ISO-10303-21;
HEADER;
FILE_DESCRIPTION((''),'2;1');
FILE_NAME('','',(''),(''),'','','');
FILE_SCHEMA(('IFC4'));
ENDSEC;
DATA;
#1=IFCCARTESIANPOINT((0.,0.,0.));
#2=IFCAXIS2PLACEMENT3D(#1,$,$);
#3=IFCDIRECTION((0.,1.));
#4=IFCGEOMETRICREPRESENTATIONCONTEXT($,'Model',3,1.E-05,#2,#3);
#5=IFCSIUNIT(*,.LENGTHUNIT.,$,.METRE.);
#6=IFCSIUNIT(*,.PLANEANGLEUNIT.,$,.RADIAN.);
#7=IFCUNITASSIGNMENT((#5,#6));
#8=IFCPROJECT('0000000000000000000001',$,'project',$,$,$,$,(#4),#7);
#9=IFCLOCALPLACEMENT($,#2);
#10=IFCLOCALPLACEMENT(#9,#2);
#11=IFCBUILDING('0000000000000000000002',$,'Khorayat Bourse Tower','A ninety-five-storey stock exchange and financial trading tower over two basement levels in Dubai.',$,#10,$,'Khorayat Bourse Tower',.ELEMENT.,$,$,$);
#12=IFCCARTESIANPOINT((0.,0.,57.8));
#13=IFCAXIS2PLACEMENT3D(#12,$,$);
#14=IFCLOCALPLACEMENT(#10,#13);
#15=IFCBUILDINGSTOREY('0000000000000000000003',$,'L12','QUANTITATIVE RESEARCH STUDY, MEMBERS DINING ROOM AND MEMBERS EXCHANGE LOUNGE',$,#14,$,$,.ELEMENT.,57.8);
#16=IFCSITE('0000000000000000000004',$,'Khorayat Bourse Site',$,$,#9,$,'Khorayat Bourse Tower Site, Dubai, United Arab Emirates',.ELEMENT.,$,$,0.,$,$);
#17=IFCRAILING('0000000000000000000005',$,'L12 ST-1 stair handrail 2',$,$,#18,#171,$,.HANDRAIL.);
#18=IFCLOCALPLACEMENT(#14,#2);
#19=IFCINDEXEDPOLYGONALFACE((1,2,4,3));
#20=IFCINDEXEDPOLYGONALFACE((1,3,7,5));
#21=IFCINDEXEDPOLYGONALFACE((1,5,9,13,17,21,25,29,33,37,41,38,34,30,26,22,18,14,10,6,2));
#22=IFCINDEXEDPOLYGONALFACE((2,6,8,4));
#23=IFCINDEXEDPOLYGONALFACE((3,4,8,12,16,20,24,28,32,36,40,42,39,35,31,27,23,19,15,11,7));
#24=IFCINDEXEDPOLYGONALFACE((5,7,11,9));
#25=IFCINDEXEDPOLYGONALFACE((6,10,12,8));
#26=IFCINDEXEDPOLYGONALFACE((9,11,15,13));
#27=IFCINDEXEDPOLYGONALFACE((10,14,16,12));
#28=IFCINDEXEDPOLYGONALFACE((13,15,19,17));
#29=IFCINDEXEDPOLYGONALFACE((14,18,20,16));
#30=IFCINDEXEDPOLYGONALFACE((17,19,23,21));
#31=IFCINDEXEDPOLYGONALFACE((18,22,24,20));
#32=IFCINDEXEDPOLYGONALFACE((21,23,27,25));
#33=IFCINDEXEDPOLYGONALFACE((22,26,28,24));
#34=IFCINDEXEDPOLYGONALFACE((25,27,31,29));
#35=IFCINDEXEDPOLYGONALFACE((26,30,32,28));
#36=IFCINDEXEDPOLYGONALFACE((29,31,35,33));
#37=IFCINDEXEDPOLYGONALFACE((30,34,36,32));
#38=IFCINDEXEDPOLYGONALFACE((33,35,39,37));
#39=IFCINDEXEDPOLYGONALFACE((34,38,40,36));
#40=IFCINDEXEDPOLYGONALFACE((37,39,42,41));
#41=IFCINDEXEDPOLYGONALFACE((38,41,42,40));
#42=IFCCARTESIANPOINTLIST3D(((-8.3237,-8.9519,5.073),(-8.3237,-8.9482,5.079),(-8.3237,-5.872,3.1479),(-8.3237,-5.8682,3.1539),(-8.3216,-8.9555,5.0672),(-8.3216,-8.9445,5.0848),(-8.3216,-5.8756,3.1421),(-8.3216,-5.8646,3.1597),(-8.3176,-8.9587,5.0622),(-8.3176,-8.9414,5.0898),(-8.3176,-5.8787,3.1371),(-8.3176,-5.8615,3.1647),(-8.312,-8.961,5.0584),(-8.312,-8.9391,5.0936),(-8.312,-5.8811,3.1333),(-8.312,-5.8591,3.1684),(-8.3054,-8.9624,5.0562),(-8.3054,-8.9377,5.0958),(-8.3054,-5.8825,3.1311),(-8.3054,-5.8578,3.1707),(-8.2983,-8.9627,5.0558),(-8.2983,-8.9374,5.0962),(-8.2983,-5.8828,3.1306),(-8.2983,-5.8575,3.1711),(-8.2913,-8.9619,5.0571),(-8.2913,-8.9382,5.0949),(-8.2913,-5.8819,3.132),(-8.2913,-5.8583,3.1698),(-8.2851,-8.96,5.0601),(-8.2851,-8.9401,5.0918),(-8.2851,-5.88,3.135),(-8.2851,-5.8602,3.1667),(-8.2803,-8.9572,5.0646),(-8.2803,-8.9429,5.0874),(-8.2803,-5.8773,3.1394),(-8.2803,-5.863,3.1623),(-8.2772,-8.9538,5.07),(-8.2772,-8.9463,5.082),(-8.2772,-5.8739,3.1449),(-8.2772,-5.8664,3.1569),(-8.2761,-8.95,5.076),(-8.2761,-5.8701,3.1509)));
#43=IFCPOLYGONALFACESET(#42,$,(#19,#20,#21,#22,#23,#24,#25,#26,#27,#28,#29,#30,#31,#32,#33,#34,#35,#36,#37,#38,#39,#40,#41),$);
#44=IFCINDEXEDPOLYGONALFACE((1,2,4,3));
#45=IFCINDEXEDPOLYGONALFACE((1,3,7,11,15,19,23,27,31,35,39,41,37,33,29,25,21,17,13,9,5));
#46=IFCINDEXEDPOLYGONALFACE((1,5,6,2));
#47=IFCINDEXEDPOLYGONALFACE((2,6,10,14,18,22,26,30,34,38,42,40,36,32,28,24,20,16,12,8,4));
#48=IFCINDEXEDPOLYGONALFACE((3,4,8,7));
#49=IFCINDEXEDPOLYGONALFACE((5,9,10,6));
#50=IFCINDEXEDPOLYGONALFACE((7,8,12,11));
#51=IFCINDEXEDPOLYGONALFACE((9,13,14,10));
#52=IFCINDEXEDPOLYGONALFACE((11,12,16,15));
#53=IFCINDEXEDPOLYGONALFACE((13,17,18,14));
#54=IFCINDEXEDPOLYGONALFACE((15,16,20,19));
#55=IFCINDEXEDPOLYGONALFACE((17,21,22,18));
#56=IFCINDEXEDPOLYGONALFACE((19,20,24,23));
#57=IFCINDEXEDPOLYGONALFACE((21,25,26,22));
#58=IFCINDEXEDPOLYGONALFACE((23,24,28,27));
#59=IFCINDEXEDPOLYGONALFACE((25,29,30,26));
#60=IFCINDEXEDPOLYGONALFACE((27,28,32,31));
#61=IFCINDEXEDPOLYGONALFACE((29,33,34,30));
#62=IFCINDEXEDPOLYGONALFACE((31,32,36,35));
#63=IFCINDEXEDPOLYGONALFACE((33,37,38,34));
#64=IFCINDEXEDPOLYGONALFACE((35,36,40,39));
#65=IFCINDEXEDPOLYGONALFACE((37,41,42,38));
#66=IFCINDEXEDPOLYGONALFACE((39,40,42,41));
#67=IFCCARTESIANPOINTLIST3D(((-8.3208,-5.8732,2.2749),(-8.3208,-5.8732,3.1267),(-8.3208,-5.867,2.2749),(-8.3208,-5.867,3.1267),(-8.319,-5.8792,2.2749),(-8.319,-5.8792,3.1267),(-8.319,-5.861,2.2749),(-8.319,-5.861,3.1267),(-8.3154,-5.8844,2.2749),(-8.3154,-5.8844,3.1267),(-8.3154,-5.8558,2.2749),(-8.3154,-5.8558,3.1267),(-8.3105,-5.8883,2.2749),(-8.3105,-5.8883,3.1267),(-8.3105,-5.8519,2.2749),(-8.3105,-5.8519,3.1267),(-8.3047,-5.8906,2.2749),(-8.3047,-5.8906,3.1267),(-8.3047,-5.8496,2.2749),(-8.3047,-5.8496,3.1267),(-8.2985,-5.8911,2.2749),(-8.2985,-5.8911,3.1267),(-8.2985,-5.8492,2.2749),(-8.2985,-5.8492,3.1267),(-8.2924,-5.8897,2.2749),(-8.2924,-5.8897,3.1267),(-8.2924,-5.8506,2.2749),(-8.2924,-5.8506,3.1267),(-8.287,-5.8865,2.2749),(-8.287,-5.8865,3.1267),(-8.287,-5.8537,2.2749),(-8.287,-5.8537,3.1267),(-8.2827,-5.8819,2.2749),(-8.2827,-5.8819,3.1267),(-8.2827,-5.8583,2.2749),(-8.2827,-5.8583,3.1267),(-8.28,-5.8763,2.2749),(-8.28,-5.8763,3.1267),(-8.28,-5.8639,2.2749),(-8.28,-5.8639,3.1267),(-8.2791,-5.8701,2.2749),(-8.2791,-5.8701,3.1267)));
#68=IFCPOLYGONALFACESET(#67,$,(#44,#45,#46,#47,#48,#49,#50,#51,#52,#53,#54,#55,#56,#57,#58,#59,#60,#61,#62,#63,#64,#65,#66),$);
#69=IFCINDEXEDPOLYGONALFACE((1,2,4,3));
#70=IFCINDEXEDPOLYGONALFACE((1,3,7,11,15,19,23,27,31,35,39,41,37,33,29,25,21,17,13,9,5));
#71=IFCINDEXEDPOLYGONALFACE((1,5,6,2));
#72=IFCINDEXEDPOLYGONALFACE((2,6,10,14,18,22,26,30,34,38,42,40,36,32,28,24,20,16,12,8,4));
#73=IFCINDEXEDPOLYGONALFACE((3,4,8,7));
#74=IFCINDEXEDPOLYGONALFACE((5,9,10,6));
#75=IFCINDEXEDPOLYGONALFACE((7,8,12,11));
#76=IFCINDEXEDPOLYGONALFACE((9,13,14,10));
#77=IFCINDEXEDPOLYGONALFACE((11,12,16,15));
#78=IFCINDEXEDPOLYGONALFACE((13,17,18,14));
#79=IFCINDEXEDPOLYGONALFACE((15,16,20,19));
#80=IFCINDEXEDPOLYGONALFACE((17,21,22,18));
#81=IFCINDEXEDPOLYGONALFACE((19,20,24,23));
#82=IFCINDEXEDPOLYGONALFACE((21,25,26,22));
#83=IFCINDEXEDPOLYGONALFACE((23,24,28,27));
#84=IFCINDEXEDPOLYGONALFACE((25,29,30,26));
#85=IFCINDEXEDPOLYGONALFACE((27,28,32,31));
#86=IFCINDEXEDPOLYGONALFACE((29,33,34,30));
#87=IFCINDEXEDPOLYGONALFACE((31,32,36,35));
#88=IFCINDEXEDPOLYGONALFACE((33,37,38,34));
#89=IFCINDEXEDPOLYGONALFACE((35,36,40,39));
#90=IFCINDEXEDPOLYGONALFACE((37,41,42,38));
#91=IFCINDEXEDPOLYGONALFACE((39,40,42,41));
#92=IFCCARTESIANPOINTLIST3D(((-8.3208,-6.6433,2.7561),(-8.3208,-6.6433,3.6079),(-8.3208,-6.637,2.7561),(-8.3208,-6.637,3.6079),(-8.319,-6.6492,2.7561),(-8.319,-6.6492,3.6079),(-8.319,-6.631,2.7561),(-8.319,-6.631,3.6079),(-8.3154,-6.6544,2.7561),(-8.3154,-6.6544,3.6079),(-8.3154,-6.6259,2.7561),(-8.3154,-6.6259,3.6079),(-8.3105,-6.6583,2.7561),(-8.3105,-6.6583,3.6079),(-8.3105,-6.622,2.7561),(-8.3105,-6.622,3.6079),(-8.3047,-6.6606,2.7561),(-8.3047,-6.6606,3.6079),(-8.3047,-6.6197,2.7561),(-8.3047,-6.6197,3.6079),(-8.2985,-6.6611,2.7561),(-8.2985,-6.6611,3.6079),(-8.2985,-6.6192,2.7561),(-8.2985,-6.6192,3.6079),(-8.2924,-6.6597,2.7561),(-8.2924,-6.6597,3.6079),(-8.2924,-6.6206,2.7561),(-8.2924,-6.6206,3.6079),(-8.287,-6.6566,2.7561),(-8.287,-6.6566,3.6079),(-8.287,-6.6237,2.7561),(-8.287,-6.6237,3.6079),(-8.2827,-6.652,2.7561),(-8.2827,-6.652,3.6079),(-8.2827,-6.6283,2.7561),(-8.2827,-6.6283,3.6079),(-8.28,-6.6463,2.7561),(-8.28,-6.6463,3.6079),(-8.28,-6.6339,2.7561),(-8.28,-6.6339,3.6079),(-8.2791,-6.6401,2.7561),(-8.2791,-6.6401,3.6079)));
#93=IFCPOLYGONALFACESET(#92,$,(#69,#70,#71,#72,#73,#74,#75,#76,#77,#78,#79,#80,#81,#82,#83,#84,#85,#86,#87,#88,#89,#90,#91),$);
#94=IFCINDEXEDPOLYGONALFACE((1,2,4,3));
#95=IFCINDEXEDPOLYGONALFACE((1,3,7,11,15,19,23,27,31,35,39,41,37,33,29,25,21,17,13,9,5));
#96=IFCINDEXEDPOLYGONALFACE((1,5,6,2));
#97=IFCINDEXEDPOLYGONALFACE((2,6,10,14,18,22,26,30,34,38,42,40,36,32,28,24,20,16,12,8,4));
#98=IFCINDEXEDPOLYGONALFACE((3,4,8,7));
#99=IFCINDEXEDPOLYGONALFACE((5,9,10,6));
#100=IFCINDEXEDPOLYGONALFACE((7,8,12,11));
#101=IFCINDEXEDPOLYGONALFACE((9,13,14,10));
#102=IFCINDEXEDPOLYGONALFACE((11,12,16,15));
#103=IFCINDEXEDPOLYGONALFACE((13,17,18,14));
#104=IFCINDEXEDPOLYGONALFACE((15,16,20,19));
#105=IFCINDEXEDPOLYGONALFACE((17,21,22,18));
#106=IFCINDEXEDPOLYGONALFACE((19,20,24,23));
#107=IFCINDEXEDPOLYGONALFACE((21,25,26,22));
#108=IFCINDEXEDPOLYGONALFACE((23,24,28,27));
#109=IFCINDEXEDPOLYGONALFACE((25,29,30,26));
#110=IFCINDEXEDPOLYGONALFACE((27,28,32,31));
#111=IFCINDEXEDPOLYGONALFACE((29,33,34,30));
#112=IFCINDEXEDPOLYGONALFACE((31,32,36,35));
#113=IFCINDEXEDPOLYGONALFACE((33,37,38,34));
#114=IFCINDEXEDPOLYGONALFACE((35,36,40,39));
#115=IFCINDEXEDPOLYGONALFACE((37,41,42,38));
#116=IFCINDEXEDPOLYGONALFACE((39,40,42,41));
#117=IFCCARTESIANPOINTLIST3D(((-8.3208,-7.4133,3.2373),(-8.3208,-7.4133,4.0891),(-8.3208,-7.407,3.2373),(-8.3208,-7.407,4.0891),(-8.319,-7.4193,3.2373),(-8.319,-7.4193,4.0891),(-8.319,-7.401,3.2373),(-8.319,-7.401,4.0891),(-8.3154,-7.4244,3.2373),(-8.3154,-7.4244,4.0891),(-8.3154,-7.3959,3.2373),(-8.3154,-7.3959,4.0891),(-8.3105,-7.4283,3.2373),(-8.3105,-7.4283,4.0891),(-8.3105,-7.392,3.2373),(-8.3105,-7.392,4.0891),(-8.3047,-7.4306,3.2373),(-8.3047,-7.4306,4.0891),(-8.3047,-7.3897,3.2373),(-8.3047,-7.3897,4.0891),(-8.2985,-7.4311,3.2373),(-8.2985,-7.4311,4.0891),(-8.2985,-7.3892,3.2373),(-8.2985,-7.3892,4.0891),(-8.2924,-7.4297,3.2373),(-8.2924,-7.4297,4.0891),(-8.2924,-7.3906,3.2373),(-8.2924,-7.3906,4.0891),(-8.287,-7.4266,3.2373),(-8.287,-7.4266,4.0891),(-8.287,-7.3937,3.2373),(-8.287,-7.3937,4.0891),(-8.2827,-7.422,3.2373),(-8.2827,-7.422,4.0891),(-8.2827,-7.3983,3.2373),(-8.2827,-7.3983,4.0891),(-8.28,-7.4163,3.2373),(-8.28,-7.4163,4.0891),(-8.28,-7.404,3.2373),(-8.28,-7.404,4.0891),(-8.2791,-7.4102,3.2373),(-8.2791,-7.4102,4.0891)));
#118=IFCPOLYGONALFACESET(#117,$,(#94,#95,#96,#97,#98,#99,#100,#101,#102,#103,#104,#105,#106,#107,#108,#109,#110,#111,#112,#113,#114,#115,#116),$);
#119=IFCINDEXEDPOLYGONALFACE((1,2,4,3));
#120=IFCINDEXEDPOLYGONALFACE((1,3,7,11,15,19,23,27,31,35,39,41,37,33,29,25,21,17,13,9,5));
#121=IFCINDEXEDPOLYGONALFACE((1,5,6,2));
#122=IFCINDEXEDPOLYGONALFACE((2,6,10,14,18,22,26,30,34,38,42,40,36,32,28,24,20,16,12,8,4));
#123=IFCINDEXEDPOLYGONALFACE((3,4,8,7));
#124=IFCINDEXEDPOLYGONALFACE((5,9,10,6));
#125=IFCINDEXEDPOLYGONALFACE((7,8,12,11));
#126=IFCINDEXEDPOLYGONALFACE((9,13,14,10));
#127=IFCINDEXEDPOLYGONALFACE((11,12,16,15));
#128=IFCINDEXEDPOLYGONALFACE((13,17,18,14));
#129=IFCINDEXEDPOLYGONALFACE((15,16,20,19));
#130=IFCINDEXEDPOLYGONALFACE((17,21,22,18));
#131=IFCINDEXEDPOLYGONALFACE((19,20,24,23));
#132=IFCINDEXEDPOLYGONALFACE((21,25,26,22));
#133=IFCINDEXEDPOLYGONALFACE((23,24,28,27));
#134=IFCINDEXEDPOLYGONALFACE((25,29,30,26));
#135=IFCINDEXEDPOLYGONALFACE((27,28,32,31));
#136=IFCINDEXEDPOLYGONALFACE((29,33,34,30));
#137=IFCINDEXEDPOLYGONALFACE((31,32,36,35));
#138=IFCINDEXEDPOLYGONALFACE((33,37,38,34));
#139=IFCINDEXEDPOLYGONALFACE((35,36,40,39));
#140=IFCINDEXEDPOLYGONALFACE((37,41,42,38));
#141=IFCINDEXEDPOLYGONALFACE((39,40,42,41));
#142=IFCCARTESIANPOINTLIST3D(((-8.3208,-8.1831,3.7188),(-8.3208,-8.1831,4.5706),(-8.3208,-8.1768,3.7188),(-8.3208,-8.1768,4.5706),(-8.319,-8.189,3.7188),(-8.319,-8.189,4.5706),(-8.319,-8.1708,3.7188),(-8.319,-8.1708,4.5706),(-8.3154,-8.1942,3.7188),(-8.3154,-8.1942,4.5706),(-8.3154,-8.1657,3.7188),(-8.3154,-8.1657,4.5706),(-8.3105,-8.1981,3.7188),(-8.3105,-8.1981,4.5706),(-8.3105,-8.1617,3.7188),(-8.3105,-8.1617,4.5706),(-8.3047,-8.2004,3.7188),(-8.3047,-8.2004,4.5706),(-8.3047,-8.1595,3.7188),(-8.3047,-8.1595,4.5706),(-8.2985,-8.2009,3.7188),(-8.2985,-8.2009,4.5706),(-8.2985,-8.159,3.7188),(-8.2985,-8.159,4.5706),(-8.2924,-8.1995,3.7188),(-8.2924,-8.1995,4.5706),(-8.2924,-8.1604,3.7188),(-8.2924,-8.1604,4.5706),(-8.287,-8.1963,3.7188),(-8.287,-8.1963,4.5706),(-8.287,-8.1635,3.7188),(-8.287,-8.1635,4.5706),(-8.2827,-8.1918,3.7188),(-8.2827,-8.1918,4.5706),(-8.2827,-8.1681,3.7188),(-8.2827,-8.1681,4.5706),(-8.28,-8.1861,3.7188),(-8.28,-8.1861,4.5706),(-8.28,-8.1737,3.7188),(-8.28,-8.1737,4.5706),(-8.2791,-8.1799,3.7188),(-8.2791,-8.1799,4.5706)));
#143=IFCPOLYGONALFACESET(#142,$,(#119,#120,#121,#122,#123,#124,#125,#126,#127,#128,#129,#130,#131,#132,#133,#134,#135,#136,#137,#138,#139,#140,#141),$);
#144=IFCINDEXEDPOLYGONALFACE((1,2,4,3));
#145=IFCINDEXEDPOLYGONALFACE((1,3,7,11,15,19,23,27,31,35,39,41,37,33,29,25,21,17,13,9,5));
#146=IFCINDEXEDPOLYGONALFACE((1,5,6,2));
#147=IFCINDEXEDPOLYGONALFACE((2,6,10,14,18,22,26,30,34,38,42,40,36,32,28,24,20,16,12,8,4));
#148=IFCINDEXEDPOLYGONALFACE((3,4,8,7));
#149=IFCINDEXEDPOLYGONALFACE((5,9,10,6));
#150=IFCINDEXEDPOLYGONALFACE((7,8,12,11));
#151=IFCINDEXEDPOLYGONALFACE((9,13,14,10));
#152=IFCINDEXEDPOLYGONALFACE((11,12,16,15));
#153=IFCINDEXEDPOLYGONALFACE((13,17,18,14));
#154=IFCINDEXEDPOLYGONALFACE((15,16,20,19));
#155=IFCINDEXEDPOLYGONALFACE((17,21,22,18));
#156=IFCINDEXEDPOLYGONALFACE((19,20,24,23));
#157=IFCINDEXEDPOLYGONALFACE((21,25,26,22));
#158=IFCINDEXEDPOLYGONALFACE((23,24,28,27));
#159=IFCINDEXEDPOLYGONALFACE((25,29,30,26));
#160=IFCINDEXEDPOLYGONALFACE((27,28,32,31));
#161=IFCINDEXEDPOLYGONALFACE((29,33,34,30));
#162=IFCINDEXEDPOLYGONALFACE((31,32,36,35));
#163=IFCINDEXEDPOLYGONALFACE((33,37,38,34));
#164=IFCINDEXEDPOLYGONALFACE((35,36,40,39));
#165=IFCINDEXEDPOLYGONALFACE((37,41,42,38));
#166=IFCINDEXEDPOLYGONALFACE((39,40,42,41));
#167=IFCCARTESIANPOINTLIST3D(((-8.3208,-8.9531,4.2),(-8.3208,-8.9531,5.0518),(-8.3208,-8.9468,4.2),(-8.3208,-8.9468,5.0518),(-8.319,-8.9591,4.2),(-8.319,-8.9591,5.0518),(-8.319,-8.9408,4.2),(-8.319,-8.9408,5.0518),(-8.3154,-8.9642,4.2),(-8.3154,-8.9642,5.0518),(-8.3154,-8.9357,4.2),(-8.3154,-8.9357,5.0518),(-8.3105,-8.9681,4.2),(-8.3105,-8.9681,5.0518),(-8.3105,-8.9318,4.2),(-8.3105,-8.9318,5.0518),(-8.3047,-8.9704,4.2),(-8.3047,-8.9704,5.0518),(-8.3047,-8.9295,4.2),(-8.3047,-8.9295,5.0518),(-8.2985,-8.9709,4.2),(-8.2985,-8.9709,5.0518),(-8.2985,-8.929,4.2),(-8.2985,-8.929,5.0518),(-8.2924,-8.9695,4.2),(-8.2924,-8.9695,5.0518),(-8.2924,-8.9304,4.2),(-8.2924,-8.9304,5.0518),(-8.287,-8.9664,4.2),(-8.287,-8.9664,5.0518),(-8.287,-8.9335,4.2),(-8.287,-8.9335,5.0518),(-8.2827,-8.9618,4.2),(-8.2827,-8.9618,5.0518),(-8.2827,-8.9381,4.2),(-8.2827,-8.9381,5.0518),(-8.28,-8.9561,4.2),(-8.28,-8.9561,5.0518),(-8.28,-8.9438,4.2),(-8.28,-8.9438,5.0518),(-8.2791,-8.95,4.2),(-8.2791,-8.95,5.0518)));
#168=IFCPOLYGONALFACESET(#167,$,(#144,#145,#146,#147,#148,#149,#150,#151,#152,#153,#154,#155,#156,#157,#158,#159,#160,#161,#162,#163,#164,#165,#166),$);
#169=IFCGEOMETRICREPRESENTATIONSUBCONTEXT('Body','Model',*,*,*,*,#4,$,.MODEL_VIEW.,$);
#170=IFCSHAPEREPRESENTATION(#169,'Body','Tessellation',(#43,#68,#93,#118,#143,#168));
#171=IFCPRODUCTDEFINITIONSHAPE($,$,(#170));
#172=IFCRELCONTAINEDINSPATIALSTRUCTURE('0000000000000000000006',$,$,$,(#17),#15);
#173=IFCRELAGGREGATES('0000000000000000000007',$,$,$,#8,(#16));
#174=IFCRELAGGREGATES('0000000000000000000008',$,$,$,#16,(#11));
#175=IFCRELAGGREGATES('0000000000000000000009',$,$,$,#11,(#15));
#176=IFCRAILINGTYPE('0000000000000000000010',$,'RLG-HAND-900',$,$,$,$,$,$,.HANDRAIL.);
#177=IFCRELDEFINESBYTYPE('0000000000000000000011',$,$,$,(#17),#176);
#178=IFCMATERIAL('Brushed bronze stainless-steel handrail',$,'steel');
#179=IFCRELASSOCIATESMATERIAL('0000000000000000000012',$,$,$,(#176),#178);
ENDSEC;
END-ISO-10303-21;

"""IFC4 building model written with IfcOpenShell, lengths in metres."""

from ifc_helpers import new_model, si_unit, direction, frame, origin, origin_2d, place, context, subcontext, project, spatial, circle, extrude, source, transform, mapped, material, type_object, element, save


model = new_model("IFC4")

# Units and contexts
model_context = context("Model", 3, precision=1e-05, world=origin(), true_north=direction((0.0, 1.0)))
body_context = subcontext(model_context, "Body", "Model", "MODEL_VIEW")
ifc_project = project(units=[si_unit("LENGTHUNIT", "METRE"), si_unit("PLANEANGLEUNIT", "RADIAN")], contexts=[model_context])

# Site, building, storey
site_placement = place(None, origin())
site = spatial("IfcSite", under=ifc_project, at=site_placement, Name="Khorayat Bourse Site", LongName="Khorayat Bourse Tower Site, Dubai, United Arab Emirates", CompositionType="ELEMENT", RefElevation=0.0)
building_placement = place(site_placement, origin())
building = spatial("IfcBuilding", under=site, at=building_placement, Name="Khorayat Bourse Tower", Description="A ninety-five-storey stock exchange and financial trading tower over two basement levels in Dubai.", LongName="Khorayat Bourse Tower", CompositionType="ELEMENT")
storey_placement = place(building_placement, frame((0.0, 0.0, 57.8)))
storey = spatial("IfcBuildingStorey", under=building, at=storey_placement, Name="L12", Description="QUANTITATIVE RESEARCH STUDY, MEMBERS DINING ROOM AND MEMBERS EXCHANGE LOUNGE", CompositionType="ELEMENT", Elevation=57.8)

# Railing
ifc_material_1 = material(Name="Brushed bronze stainless-steel handrail", Category="steel")
railing_type_1 = type_object("IfcRailingType", Name="RLG-HAND-900", PredefinedType="HANDRAIL", material=ifc_material_1)
shared_shape_1 = source(origin(), body_context, "Body", "SweptSolid", [
    extrude(circle(Radius=0.0239, at=origin_2d()), frame((0.0, 0.0, 0.876), z_axis=(0.0, -0.847979, 0.530029), x_axis=(1.0, 0.0, 0.0)), (0.0, 0.0, 1.0), 3.6321),
    extrude(circle(Radius=0.021, at=origin_2d()), origin(), (0.0, 0.0, 1.0), 0.8518),
    extrude(circle(Radius=0.021, at=origin_2d()), frame((0.0, -0.77, 0.4812)), (0.0, 0.0, 1.0), 0.8518),
    extrude(circle(Radius=0.021, at=origin_2d()), frame((0.0, -1.54, 0.9624)), (0.0, 0.0, 1.0), 0.8518),
    extrude(circle(Radius=0.021, at=origin_2d()), frame((0.0, -2.3098, 1.4438)), (0.0, 0.0, 1.0), 0.8518),
    extrude(circle(Radius=0.021, at=origin_2d()), frame((0.0, -3.0798, 1.925)), (0.0, 0.0, 1.0), 0.8518),
])
railing_1_placement = place(storey_placement, frame((-8.3, -5.8701, 2.2749)))
element("IfcRailing", 1, at=railing_1_placement, inside=storey, type_object=railing_type_1, Name="L12 ST-1 stair handrail 2", PredefinedType="HANDRAIL", context=body_context, shape_type="MappedRepresentation", body=[
    mapped(shared_shape_1, transform((0.0, 0.0, 0.0), scale=1.0)),
])

save(model, "model.ifc")
